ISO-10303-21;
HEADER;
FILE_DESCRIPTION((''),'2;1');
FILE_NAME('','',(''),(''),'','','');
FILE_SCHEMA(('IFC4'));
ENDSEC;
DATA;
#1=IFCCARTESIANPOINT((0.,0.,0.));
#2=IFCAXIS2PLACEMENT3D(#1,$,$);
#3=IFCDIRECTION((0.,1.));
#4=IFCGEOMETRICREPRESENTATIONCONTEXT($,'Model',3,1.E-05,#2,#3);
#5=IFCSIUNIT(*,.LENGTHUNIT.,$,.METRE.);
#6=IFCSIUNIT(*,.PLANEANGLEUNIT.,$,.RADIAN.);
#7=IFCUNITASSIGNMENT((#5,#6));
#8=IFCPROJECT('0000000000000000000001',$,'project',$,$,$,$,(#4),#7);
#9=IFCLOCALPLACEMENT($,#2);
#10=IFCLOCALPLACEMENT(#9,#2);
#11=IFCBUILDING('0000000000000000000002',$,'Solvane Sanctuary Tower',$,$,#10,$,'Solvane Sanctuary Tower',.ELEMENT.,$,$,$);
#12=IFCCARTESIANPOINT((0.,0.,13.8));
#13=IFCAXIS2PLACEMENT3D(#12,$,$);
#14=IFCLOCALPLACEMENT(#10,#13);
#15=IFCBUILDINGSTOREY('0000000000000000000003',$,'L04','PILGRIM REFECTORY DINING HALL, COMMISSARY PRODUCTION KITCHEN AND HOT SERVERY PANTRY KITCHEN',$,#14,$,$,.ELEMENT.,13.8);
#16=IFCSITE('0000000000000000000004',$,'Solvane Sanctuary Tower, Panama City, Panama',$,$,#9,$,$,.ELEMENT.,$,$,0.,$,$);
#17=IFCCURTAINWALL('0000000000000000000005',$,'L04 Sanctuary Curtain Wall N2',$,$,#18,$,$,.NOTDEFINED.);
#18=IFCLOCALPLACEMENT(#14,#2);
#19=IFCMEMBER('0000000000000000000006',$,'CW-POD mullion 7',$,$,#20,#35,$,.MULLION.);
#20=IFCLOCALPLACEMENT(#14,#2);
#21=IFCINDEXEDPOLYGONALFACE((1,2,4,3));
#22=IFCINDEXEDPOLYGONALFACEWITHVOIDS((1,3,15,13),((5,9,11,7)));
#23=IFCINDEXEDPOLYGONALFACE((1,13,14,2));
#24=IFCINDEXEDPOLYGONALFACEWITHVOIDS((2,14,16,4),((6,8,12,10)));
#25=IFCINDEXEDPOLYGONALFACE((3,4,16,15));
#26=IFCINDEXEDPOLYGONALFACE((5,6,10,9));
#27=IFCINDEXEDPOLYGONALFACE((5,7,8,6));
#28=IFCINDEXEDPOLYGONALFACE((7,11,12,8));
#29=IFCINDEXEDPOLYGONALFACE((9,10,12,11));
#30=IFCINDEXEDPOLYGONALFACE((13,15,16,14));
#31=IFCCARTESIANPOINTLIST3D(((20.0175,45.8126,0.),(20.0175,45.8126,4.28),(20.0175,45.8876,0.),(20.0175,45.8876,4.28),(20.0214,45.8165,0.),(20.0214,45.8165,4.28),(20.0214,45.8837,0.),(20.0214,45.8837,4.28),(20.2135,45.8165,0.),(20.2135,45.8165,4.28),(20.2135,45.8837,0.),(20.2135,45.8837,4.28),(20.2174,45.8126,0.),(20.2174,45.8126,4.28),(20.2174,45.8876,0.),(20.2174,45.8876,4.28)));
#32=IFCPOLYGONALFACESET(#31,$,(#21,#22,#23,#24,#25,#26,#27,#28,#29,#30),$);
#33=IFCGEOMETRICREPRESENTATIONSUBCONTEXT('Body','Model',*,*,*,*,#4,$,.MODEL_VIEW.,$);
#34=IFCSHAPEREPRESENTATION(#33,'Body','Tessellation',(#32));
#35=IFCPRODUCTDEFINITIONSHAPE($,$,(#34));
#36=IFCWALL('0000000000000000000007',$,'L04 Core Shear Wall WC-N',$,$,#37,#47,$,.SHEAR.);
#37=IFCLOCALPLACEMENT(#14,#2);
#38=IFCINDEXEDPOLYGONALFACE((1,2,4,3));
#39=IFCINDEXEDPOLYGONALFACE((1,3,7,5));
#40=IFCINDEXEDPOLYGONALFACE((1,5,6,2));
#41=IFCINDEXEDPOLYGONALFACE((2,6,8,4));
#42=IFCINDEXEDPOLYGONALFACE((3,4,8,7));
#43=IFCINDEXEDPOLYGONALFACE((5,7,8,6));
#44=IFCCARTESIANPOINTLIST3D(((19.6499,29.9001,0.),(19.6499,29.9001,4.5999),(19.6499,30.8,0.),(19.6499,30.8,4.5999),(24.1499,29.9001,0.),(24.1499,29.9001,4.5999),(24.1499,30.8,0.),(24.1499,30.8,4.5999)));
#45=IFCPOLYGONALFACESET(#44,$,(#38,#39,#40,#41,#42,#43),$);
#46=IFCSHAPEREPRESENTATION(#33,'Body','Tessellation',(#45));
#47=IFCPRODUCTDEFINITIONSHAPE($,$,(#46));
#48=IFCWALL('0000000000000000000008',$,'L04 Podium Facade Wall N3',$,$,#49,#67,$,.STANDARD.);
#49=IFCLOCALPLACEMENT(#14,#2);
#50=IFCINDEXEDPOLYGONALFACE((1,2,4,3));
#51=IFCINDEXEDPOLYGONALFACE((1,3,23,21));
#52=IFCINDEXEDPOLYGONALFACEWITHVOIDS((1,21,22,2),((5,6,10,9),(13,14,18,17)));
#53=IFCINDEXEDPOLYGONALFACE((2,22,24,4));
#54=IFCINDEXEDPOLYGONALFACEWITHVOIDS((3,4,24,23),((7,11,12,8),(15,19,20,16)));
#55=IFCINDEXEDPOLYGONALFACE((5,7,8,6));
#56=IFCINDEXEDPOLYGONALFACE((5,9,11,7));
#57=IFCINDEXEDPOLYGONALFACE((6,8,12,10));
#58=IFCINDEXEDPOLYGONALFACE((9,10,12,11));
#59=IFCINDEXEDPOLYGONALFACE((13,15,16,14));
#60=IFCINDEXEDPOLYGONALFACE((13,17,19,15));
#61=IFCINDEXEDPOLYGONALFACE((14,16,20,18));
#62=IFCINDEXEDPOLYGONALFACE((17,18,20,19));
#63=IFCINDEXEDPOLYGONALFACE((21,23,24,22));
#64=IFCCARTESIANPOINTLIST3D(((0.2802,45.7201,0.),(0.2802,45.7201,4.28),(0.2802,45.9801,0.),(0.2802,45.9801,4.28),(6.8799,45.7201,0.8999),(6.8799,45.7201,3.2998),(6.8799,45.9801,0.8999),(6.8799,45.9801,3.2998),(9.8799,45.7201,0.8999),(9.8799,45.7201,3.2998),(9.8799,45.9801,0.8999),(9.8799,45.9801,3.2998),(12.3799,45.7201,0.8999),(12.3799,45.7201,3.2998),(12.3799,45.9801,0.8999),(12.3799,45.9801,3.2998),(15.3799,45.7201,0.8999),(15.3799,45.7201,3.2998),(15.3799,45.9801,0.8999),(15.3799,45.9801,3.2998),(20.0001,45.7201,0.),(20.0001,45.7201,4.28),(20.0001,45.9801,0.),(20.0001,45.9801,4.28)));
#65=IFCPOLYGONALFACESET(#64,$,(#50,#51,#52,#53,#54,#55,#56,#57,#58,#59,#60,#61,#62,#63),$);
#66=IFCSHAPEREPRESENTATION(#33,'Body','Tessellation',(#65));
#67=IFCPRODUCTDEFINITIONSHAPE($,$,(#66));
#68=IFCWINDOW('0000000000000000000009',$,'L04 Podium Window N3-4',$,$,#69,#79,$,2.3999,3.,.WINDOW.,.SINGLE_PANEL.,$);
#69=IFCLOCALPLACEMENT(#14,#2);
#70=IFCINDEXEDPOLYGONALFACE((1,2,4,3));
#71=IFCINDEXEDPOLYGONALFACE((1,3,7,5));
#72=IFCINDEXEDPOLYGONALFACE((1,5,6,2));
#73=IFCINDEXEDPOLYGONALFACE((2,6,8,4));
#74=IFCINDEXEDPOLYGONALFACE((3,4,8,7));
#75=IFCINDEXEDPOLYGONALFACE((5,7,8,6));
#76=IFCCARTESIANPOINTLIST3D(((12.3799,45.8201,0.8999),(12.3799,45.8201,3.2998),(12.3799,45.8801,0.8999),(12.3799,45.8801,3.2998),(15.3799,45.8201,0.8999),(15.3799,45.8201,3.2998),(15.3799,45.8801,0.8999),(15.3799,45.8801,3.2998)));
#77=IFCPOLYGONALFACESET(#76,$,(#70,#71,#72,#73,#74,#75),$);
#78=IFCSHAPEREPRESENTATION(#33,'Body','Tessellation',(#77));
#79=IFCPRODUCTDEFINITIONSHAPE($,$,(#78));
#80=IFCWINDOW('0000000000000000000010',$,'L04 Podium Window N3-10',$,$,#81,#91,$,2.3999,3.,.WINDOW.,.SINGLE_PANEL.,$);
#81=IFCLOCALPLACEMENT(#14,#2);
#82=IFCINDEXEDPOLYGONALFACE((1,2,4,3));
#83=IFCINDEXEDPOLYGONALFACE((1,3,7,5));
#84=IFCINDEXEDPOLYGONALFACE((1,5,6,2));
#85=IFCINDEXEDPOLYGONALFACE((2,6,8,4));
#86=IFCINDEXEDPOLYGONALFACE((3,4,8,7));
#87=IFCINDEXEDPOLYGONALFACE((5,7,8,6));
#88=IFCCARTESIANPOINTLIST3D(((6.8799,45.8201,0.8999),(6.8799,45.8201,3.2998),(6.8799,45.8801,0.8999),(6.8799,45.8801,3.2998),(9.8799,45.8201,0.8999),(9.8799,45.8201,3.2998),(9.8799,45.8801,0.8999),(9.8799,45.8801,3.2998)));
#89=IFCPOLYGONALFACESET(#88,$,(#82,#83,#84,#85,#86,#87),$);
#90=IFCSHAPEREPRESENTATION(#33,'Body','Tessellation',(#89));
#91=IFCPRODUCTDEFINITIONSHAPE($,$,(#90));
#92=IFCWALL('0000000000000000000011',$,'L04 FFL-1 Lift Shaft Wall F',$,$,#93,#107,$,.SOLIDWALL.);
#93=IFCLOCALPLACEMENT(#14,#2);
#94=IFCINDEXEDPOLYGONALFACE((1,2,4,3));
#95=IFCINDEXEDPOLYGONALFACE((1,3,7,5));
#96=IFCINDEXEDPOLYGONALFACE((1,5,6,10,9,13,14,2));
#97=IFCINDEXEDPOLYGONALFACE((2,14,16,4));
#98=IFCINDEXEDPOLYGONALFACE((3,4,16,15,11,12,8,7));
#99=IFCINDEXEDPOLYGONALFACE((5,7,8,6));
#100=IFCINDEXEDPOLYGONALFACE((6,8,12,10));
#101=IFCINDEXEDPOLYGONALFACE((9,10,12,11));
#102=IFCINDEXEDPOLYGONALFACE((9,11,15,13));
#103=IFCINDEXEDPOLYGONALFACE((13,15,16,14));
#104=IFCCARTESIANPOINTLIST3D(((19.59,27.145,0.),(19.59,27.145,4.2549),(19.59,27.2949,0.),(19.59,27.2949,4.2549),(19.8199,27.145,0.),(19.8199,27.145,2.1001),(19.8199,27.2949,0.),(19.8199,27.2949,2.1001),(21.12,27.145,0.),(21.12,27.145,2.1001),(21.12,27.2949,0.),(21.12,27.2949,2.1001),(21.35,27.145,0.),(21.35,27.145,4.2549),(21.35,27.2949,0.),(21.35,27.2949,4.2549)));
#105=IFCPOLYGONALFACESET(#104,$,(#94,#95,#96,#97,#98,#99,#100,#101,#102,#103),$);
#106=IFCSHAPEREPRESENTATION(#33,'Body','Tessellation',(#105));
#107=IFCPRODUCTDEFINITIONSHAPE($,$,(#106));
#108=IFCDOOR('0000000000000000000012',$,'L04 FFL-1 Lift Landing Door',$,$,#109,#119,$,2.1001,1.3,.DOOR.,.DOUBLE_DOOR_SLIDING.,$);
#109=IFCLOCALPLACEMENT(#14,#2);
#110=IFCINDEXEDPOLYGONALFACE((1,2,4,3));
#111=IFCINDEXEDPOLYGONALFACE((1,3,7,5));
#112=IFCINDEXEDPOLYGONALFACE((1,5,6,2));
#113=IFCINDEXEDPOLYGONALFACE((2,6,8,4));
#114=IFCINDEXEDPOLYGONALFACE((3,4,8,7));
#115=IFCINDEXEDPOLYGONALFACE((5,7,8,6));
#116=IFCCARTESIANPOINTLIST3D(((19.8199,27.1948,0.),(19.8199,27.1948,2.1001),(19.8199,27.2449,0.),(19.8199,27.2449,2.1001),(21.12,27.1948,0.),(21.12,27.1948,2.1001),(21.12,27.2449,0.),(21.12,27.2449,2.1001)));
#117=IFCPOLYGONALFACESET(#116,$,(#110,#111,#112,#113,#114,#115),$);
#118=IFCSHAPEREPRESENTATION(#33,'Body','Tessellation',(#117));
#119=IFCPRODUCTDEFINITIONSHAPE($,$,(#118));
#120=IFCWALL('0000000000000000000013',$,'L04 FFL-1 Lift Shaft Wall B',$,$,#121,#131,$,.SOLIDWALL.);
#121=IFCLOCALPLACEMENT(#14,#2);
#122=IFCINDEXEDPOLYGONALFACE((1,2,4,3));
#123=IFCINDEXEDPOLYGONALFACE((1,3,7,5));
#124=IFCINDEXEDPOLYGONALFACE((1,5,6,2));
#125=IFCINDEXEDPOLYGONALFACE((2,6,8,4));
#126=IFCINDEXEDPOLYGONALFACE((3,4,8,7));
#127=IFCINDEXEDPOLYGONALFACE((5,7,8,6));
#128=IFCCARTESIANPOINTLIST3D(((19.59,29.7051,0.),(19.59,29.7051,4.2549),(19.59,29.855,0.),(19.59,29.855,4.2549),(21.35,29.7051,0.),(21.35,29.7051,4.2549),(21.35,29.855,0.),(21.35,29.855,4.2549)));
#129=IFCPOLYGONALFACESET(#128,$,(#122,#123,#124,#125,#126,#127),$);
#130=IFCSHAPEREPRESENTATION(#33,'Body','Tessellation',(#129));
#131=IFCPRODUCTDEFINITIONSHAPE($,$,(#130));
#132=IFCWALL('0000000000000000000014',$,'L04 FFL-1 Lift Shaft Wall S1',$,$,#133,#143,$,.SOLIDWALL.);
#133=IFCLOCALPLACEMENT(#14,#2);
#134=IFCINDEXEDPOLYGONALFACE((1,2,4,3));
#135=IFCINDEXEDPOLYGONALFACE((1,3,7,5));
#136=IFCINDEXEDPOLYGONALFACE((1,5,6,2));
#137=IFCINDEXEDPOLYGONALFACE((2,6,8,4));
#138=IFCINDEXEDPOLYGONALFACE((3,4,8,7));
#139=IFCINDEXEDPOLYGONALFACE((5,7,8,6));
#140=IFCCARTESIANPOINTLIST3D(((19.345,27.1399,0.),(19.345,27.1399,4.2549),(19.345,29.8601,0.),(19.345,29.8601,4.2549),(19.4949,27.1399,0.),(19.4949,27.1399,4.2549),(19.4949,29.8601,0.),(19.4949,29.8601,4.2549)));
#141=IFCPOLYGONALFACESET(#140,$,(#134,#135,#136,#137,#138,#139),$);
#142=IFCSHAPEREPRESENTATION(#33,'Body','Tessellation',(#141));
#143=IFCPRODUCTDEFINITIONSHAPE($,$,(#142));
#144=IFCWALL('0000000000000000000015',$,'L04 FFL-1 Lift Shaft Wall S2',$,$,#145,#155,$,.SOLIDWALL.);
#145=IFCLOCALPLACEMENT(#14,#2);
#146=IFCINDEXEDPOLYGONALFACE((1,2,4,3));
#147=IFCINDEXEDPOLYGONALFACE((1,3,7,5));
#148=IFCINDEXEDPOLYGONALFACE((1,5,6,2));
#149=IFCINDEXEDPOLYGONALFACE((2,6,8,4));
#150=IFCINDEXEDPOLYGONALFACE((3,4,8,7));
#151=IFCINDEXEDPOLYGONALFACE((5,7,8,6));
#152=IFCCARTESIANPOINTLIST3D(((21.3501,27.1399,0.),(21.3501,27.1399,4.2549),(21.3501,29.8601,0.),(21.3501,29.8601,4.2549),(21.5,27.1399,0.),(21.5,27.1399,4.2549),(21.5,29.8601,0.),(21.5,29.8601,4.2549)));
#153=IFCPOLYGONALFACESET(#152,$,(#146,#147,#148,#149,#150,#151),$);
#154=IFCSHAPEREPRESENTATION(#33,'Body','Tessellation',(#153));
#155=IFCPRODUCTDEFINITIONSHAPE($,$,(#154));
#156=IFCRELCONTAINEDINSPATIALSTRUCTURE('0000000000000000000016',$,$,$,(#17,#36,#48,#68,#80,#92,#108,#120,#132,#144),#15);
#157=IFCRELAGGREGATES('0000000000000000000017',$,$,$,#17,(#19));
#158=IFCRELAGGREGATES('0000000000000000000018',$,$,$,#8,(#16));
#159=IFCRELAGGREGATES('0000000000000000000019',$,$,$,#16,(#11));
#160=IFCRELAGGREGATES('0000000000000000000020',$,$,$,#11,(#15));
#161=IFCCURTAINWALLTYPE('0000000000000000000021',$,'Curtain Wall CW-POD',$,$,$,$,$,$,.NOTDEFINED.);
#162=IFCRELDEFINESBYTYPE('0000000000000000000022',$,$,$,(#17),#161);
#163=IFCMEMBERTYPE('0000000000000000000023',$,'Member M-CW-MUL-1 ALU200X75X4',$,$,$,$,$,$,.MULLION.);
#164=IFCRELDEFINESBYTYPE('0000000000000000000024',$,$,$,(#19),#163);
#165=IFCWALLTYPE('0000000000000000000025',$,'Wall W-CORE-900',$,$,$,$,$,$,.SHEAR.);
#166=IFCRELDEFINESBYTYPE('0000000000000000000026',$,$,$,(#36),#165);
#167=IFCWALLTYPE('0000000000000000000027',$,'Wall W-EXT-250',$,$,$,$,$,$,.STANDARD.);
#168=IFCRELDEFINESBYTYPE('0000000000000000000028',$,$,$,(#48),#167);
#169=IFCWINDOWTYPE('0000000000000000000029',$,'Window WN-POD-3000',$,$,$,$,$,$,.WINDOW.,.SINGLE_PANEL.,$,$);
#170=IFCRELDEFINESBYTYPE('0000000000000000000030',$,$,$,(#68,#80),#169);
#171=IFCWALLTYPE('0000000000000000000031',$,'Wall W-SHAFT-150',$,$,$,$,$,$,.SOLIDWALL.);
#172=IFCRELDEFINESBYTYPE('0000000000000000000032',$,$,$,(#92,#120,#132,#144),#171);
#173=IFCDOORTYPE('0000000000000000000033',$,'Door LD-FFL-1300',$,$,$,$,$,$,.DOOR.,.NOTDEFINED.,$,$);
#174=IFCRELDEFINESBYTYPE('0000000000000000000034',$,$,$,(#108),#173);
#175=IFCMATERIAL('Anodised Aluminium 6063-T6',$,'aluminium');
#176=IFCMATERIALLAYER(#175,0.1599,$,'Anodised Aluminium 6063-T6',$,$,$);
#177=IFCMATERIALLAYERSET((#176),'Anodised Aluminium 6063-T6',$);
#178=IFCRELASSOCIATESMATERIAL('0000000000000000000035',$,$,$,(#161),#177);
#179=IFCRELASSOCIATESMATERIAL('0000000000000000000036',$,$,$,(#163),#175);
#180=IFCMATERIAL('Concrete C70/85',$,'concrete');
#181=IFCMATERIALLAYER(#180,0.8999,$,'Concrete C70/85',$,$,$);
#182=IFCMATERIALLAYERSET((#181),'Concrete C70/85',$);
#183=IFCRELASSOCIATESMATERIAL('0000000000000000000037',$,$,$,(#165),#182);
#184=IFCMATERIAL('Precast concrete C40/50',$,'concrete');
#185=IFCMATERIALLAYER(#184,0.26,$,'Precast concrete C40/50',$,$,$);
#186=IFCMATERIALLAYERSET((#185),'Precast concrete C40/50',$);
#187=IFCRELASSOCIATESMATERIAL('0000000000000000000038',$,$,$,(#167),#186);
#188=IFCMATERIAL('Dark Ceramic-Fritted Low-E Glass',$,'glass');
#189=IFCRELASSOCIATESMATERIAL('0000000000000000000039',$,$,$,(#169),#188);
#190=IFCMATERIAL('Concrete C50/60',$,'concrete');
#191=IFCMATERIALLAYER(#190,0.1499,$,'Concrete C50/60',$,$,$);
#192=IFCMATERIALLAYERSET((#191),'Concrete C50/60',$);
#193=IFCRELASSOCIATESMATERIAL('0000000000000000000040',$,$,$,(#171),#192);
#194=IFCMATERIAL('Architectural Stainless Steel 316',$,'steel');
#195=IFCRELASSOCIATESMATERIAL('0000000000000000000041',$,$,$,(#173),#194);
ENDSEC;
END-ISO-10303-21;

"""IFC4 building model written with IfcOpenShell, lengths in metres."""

from ifc_helpers import new_model, si_unit, direction, frame, frame_2d, origin, origin_2d, place, context, subcontext, project, spatial, rectangle, hollow_rectangle, extrude, material, layer, layer_set, material_profile, profile_set, type_object, element, fill, aggregate, save


model = new_model("IFC4")

# Units and contexts
model_context = context("Model", 3, precision=1e-05, world=origin(), true_north=direction((0.0, 1.0)))
body_context = subcontext(model_context, "Body", "Model", "MODEL_VIEW")
ifc_project = project(units=[si_unit("LENGTHUNIT", "METRE"), si_unit("PLANEANGLEUNIT", "RADIAN")], contexts=[model_context])

# Site, building, storey
site_placement = place(None, origin())
site = spatial("IfcSite", under=ifc_project, at=site_placement, Name="Solvane Sanctuary Tower, Panama City, Panama", CompositionType="ELEMENT", RefElevation=0.0)
building_placement = place(site_placement, origin())
building = spatial("IfcBuilding", under=site, at=building_placement, Name="Solvane Sanctuary Tower", LongName="Solvane Sanctuary Tower", CompositionType="ELEMENT")
storey_placement = place(building_placement, frame((0.0, 0.0, 13.8)))
storey = spatial("IfcBuildingStorey", under=building, at=storey_placement, Name="L04", Description="PILGRIM REFECTORY DINING HALL, COMMISSARY PRODUCTION KITCHEN AND HOT SERVERY PANTRY KITCHEN", CompositionType="ELEMENT", Elevation=13.8)

# Curtain wall, member
ifc_material_1 = material(Name="Anodised Aluminium 6063-T6", Category="aluminium")
ifc_layer_1 = layer(ifc_material_1, 0.1599, Name="Anodised Aluminium 6063-T6")
ifc_layer_set_1 = layer_set([ifc_layer_1], Name="Anodised Aluminium 6063-T6")
curtain_wall_type = type_object("IfcCurtainWallType", Name="Curtain Wall CW-POD", PredefinedType="NOTDEFINED", material=ifc_layer_set_1)
curtain_wall_placement = place(storey_placement, origin())
curtain_wall = element("IfcCurtainWall", 1, at=curtain_wall_placement, inside=storey, type_object=curtain_wall_type, Name="L04 Sanctuary Curtain Wall N2", PredefinedType="NOTDEFINED")
ifc_material_profile = material_profile(ifc_material_1, hollow_rectangle(XDim=0.075, YDim=0.2, WallThickness=0.0039, at=origin_2d()), Name="ALU200X75X4")
ifc_profile_set = profile_set([ifc_material_profile], Name="Anodised Aluminium 6063-T6")
member_type = type_object("IfcMemberType", Name="Member M-CW-MUL-1 ALU200X75X4", PredefinedType="MULLION", material=ifc_profile_set)
member_placement = place(storey_placement, frame((20.1174, 45.8501, 0.0), z_axis=(0.0, 0.0, 1.0), x_axis=(0.0, -1.0, 0.0)))
member = element("IfcMember", 2, at=member_placement, type_object=member_type, Name="CW-POD mullion 7", PredefinedType="MULLION", context=body_context, shape_type="SweptSolid", body=[
    extrude(hollow_rectangle(XDim=0.075, YDim=0.2, WallThickness=0.0039, at=origin_2d()), origin(), (0.0, 0.0, 1.0), 4.28),
])
aggregate(curtain_wall, [member])

# Wall
ifc_material_2 = material(Name="Concrete C70/85", Category="concrete")
ifc_layer_2 = layer(ifc_material_2, 0.8999, Name="Concrete C70/85")
ifc_layer_set_2 = layer_set([ifc_layer_2], Name="Concrete C70/85")
wall_type_1 = type_object("IfcWallType", Name="Wall W-CORE-900", PredefinedType="SHEAR", material=ifc_layer_set_2)
wall_1_placement = place(storey_placement, frame((19.6499, 30.3501, 0.0), z_axis=(0.0, 0.0, 1.0), x_axis=(1.0, 0.0, 0.0)))
element("IfcWall", 3, at=wall_1_placement, inside=storey, type_object=wall_type_1, Name="L04 Core Shear Wall WC-N", PredefinedType="SHEAR", context=body_context, shape_type="SweptSolid", body=[
    extrude(rectangle(XDim=4.5, YDim=0.8999, at=frame_2d((2.25, 0.0))), origin(), (0.0, 0.0, 1.0), 4.5999),
])

# Wall, openings, windows
ifc_material_3 = material(Name="Precast concrete C40/50", Category="concrete")
ifc_layer_3 = layer(ifc_material_3, 0.26, Name="Precast concrete C40/50")
ifc_layer_set_3 = layer_set([ifc_layer_3], Name="Precast concrete C40/50")
wall_type_2 = type_object("IfcWallType", Name="Wall W-EXT-250", PredefinedType="STANDARD", material=ifc_layer_set_3)
wall_2_placement = place(storey_placement, frame((20.0, 45.8501, 0.0), z_axis=(0.0, 0.0, 1.0), x_axis=(-1.0, 0.0, 0.0)))
wall_2 = element("IfcWall", 4, at=wall_2_placement, inside=storey, type_object=wall_type_2, Name="L04 Podium Facade Wall N3", PredefinedType="STANDARD", context=body_context, shape_type="SweptSolid", body=[
    extrude(rectangle(XDim=19.72, YDim=0.26, at=frame_2d((9.8599, 0.0))), origin(), (0.0, 0.0, 1.0), 4.28),
])
opening_1_placement = place(wall_2_placement, frame((4.6201, 0.0, 0.8999)))
opening_1 = element("IfcOpeningElement", 5, at=opening_1_placement, cuts=wall_2, PredefinedType="OPENING", context=body_context, shape_type="SweptSolid", body=[
    extrude(rectangle(XDim=3.0, YDim=2.3999, at=frame_2d((1.5, 1.2))), frame((0.0, 0.1399, 0.0), z_axis=(0.0, -1.0, 0.0), x_axis=(1.0, 0.0, 0.0)), (0.0, 0.0, 1.0), 0.28),
])
opening_2_placement = place(wall_2_placement, frame((10.1201, 0.0, 0.8999)))
opening_2 = element("IfcOpeningElement", 6, at=opening_2_placement, cuts=wall_2, PredefinedType="OPENING", context=body_context, shape_type="SweptSolid", body=[
    extrude(rectangle(XDim=3.0, YDim=2.3999, at=frame_2d((1.5, 1.2))), frame((0.0, 0.1399, 0.0), z_axis=(0.0, -1.0, 0.0), x_axis=(1.0, 0.0, 0.0)), (0.0, 0.0, 1.0), 0.28),
])
ifc_material_4 = material(Name="Dark Ceramic-Fritted Low-E Glass", Category="glass")
window_type = type_object("IfcWindowType", Name="Window WN-POD-3000", PartitioningType="SINGLE_PANEL", PredefinedType="WINDOW", material=ifc_material_4)
window_1_placement = place(opening_1_placement, origin())
window_1 = element("IfcWindow", 7, at=window_1_placement, inside=storey, type_object=window_type, Name="L04 Podium Window N3-4", OverallHeight=2.3999, OverallWidth=3.0, PartitioningType="SINGLE_PANEL", PredefinedType="WINDOW", context=body_context, shape_type="SweptSolid", body=[
    extrude(rectangle(XDim=3.0, YDim=2.3999, at=frame_2d((1.5, 1.2))), frame((0.0, 0.03, 0.0), z_axis=(0.0, -1.0, 0.0), x_axis=(1.0, 0.0, 0.0)), (0.0, 0.0, 1.0), 0.0601),
])
fill(opening_1, window_1)
window_2_placement = place(opening_2_placement, origin())
window_2 = element("IfcWindow", 8, at=window_2_placement, inside=storey, type_object=window_type, Name="L04 Podium Window N3-10", OverallHeight=2.3999, OverallWidth=3.0, PartitioningType="SINGLE_PANEL", PredefinedType="WINDOW", context=body_context, shape_type="SweptSolid", body=[
    extrude(rectangle(XDim=3.0, YDim=2.3999, at=frame_2d((1.5, 1.2))), frame((0.0, 0.03, 0.0), z_axis=(0.0, -1.0, 0.0), x_axis=(1.0, 0.0, 0.0)), (0.0, 0.0, 1.0), 0.0601),
])
fill(opening_2, window_2)

# Wall, opening, door
ifc_material_5 = material(Name="Concrete C50/60", Category="concrete")
ifc_layer_4 = layer(ifc_material_5, 0.1499, Name="Concrete C50/60")
ifc_layer_set_4 = layer_set([ifc_layer_4], Name="Concrete C50/60")
wall_type_3 = type_object("IfcWallType", Name="Wall W-SHAFT-150", PredefinedType="SOLIDWALL", material=ifc_layer_set_4)
wall_3_placement = place(storey_placement, frame((19.5901, 27.22, 0.0), z_axis=(0.0, 0.0, 1.0), x_axis=(1.0, 0.0, 0.0)))
wall_3 = element("IfcWall", 9, at=wall_3_placement, inside=storey, type_object=wall_type_3, Name="L04 FFL-1 Lift Shaft Wall F", PredefinedType="SOLIDWALL", context=body_context, shape_type="SweptSolid", body=[
    extrude(rectangle(XDim=1.76, YDim=0.1499, at=frame_2d((0.8799, 0.0))), origin(), (0.0, 0.0, 1.0), 4.2549),
])
opening_3_placement = place(wall_3_placement, frame((0.23, 0.0, 0.0)))
opening_3 = element("IfcOpeningElement", 10, at=opening_3_placement, cuts=wall_3, PredefinedType="OPENING", context=body_context, shape_type="SweptSolid", body=[
    extrude(rectangle(XDim=1.3, YDim=2.1001, at=frame_2d((0.6499, 1.05))), frame((0.0, 0.085, 0.0), z_axis=(0.0, -1.0, 0.0), x_axis=(1.0, 0.0, 0.0)), (0.0, 0.0, 1.0), 0.1699),
])
ifc_material_6 = material(Name="Architectural Stainless Steel 316", Category="steel")
door_type = type_object("IfcDoorType", Name="Door LD-FFL-1300", OperationType="NOTDEFINED", PredefinedType="DOOR", material=ifc_material_6)
door_1_placement = place(opening_3_placement, origin())
door_1 = element("IfcDoor", 11, at=door_1_placement, inside=storey, type_object=door_type, Name="L04 FFL-1 Lift Landing Door", OperationType="DOUBLE_DOOR_SLIDING", OverallHeight=2.1001, OverallWidth=1.3, PredefinedType="DOOR", context=body_context, shape_type="SweptSolid", body=[
    extrude(rectangle(XDim=1.3, YDim=2.1001, at=frame_2d((0.6499, 1.05))), frame((0.0, 0.0249, 0.0), z_axis=(0.0, -1.0, 0.0), x_axis=(1.0, 0.0, 0.0)), (0.0, 0.0, 1.0), 0.05),
])
fill(opening_3, door_1)

# Walls
wall_4_placement = place(storey_placement, frame((19.5901, 29.78, 0.0), z_axis=(0.0, 0.0, 1.0), x_axis=(1.0, 0.0, 0.0)))
element("IfcWall", 12, at=wall_4_placement, inside=storey, type_object=wall_type_3, Name="L04 FFL-1 Lift Shaft Wall B", PredefinedType="SOLIDWALL", context=body_context, shape_type="SweptSolid", body=[
    extrude(rectangle(XDim=1.76, YDim=0.1499, at=frame_2d((0.8799, 0.0))), origin(), (0.0, 0.0, 1.0), 4.2549),
])
for number, where, z_axis, x_axis, name in (
    (13, (19.4199, 27.1399, 0.0), (0.0, 0.0, 1.0), (0.0, 1.0, 0.0), "L04 FFL-1 Lift Shaft Wall S1"),
    (14, (21.425, 27.1399, 0.0), (0.0, 0.0, 1.0), (0.0, 1.0, 0.0), "L04 FFL-1 Lift Shaft Wall S2"),
):
    element("IfcWall", number, at=place(storey_placement, frame(where, z_axis=z_axis, x_axis=x_axis)), inside=storey, type_object=wall_type_3, Name=name, PredefinedType="SOLIDWALL", context=body_context, shape_type="SweptSolid", body=[
        extrude(rectangle(XDim=2.7202, YDim=0.1499, at=frame_2d((1.3601, 0.0))), origin(), (0.0, 0.0, 1.0), 4.2549),
    ])

save(model, "model.ifc")
